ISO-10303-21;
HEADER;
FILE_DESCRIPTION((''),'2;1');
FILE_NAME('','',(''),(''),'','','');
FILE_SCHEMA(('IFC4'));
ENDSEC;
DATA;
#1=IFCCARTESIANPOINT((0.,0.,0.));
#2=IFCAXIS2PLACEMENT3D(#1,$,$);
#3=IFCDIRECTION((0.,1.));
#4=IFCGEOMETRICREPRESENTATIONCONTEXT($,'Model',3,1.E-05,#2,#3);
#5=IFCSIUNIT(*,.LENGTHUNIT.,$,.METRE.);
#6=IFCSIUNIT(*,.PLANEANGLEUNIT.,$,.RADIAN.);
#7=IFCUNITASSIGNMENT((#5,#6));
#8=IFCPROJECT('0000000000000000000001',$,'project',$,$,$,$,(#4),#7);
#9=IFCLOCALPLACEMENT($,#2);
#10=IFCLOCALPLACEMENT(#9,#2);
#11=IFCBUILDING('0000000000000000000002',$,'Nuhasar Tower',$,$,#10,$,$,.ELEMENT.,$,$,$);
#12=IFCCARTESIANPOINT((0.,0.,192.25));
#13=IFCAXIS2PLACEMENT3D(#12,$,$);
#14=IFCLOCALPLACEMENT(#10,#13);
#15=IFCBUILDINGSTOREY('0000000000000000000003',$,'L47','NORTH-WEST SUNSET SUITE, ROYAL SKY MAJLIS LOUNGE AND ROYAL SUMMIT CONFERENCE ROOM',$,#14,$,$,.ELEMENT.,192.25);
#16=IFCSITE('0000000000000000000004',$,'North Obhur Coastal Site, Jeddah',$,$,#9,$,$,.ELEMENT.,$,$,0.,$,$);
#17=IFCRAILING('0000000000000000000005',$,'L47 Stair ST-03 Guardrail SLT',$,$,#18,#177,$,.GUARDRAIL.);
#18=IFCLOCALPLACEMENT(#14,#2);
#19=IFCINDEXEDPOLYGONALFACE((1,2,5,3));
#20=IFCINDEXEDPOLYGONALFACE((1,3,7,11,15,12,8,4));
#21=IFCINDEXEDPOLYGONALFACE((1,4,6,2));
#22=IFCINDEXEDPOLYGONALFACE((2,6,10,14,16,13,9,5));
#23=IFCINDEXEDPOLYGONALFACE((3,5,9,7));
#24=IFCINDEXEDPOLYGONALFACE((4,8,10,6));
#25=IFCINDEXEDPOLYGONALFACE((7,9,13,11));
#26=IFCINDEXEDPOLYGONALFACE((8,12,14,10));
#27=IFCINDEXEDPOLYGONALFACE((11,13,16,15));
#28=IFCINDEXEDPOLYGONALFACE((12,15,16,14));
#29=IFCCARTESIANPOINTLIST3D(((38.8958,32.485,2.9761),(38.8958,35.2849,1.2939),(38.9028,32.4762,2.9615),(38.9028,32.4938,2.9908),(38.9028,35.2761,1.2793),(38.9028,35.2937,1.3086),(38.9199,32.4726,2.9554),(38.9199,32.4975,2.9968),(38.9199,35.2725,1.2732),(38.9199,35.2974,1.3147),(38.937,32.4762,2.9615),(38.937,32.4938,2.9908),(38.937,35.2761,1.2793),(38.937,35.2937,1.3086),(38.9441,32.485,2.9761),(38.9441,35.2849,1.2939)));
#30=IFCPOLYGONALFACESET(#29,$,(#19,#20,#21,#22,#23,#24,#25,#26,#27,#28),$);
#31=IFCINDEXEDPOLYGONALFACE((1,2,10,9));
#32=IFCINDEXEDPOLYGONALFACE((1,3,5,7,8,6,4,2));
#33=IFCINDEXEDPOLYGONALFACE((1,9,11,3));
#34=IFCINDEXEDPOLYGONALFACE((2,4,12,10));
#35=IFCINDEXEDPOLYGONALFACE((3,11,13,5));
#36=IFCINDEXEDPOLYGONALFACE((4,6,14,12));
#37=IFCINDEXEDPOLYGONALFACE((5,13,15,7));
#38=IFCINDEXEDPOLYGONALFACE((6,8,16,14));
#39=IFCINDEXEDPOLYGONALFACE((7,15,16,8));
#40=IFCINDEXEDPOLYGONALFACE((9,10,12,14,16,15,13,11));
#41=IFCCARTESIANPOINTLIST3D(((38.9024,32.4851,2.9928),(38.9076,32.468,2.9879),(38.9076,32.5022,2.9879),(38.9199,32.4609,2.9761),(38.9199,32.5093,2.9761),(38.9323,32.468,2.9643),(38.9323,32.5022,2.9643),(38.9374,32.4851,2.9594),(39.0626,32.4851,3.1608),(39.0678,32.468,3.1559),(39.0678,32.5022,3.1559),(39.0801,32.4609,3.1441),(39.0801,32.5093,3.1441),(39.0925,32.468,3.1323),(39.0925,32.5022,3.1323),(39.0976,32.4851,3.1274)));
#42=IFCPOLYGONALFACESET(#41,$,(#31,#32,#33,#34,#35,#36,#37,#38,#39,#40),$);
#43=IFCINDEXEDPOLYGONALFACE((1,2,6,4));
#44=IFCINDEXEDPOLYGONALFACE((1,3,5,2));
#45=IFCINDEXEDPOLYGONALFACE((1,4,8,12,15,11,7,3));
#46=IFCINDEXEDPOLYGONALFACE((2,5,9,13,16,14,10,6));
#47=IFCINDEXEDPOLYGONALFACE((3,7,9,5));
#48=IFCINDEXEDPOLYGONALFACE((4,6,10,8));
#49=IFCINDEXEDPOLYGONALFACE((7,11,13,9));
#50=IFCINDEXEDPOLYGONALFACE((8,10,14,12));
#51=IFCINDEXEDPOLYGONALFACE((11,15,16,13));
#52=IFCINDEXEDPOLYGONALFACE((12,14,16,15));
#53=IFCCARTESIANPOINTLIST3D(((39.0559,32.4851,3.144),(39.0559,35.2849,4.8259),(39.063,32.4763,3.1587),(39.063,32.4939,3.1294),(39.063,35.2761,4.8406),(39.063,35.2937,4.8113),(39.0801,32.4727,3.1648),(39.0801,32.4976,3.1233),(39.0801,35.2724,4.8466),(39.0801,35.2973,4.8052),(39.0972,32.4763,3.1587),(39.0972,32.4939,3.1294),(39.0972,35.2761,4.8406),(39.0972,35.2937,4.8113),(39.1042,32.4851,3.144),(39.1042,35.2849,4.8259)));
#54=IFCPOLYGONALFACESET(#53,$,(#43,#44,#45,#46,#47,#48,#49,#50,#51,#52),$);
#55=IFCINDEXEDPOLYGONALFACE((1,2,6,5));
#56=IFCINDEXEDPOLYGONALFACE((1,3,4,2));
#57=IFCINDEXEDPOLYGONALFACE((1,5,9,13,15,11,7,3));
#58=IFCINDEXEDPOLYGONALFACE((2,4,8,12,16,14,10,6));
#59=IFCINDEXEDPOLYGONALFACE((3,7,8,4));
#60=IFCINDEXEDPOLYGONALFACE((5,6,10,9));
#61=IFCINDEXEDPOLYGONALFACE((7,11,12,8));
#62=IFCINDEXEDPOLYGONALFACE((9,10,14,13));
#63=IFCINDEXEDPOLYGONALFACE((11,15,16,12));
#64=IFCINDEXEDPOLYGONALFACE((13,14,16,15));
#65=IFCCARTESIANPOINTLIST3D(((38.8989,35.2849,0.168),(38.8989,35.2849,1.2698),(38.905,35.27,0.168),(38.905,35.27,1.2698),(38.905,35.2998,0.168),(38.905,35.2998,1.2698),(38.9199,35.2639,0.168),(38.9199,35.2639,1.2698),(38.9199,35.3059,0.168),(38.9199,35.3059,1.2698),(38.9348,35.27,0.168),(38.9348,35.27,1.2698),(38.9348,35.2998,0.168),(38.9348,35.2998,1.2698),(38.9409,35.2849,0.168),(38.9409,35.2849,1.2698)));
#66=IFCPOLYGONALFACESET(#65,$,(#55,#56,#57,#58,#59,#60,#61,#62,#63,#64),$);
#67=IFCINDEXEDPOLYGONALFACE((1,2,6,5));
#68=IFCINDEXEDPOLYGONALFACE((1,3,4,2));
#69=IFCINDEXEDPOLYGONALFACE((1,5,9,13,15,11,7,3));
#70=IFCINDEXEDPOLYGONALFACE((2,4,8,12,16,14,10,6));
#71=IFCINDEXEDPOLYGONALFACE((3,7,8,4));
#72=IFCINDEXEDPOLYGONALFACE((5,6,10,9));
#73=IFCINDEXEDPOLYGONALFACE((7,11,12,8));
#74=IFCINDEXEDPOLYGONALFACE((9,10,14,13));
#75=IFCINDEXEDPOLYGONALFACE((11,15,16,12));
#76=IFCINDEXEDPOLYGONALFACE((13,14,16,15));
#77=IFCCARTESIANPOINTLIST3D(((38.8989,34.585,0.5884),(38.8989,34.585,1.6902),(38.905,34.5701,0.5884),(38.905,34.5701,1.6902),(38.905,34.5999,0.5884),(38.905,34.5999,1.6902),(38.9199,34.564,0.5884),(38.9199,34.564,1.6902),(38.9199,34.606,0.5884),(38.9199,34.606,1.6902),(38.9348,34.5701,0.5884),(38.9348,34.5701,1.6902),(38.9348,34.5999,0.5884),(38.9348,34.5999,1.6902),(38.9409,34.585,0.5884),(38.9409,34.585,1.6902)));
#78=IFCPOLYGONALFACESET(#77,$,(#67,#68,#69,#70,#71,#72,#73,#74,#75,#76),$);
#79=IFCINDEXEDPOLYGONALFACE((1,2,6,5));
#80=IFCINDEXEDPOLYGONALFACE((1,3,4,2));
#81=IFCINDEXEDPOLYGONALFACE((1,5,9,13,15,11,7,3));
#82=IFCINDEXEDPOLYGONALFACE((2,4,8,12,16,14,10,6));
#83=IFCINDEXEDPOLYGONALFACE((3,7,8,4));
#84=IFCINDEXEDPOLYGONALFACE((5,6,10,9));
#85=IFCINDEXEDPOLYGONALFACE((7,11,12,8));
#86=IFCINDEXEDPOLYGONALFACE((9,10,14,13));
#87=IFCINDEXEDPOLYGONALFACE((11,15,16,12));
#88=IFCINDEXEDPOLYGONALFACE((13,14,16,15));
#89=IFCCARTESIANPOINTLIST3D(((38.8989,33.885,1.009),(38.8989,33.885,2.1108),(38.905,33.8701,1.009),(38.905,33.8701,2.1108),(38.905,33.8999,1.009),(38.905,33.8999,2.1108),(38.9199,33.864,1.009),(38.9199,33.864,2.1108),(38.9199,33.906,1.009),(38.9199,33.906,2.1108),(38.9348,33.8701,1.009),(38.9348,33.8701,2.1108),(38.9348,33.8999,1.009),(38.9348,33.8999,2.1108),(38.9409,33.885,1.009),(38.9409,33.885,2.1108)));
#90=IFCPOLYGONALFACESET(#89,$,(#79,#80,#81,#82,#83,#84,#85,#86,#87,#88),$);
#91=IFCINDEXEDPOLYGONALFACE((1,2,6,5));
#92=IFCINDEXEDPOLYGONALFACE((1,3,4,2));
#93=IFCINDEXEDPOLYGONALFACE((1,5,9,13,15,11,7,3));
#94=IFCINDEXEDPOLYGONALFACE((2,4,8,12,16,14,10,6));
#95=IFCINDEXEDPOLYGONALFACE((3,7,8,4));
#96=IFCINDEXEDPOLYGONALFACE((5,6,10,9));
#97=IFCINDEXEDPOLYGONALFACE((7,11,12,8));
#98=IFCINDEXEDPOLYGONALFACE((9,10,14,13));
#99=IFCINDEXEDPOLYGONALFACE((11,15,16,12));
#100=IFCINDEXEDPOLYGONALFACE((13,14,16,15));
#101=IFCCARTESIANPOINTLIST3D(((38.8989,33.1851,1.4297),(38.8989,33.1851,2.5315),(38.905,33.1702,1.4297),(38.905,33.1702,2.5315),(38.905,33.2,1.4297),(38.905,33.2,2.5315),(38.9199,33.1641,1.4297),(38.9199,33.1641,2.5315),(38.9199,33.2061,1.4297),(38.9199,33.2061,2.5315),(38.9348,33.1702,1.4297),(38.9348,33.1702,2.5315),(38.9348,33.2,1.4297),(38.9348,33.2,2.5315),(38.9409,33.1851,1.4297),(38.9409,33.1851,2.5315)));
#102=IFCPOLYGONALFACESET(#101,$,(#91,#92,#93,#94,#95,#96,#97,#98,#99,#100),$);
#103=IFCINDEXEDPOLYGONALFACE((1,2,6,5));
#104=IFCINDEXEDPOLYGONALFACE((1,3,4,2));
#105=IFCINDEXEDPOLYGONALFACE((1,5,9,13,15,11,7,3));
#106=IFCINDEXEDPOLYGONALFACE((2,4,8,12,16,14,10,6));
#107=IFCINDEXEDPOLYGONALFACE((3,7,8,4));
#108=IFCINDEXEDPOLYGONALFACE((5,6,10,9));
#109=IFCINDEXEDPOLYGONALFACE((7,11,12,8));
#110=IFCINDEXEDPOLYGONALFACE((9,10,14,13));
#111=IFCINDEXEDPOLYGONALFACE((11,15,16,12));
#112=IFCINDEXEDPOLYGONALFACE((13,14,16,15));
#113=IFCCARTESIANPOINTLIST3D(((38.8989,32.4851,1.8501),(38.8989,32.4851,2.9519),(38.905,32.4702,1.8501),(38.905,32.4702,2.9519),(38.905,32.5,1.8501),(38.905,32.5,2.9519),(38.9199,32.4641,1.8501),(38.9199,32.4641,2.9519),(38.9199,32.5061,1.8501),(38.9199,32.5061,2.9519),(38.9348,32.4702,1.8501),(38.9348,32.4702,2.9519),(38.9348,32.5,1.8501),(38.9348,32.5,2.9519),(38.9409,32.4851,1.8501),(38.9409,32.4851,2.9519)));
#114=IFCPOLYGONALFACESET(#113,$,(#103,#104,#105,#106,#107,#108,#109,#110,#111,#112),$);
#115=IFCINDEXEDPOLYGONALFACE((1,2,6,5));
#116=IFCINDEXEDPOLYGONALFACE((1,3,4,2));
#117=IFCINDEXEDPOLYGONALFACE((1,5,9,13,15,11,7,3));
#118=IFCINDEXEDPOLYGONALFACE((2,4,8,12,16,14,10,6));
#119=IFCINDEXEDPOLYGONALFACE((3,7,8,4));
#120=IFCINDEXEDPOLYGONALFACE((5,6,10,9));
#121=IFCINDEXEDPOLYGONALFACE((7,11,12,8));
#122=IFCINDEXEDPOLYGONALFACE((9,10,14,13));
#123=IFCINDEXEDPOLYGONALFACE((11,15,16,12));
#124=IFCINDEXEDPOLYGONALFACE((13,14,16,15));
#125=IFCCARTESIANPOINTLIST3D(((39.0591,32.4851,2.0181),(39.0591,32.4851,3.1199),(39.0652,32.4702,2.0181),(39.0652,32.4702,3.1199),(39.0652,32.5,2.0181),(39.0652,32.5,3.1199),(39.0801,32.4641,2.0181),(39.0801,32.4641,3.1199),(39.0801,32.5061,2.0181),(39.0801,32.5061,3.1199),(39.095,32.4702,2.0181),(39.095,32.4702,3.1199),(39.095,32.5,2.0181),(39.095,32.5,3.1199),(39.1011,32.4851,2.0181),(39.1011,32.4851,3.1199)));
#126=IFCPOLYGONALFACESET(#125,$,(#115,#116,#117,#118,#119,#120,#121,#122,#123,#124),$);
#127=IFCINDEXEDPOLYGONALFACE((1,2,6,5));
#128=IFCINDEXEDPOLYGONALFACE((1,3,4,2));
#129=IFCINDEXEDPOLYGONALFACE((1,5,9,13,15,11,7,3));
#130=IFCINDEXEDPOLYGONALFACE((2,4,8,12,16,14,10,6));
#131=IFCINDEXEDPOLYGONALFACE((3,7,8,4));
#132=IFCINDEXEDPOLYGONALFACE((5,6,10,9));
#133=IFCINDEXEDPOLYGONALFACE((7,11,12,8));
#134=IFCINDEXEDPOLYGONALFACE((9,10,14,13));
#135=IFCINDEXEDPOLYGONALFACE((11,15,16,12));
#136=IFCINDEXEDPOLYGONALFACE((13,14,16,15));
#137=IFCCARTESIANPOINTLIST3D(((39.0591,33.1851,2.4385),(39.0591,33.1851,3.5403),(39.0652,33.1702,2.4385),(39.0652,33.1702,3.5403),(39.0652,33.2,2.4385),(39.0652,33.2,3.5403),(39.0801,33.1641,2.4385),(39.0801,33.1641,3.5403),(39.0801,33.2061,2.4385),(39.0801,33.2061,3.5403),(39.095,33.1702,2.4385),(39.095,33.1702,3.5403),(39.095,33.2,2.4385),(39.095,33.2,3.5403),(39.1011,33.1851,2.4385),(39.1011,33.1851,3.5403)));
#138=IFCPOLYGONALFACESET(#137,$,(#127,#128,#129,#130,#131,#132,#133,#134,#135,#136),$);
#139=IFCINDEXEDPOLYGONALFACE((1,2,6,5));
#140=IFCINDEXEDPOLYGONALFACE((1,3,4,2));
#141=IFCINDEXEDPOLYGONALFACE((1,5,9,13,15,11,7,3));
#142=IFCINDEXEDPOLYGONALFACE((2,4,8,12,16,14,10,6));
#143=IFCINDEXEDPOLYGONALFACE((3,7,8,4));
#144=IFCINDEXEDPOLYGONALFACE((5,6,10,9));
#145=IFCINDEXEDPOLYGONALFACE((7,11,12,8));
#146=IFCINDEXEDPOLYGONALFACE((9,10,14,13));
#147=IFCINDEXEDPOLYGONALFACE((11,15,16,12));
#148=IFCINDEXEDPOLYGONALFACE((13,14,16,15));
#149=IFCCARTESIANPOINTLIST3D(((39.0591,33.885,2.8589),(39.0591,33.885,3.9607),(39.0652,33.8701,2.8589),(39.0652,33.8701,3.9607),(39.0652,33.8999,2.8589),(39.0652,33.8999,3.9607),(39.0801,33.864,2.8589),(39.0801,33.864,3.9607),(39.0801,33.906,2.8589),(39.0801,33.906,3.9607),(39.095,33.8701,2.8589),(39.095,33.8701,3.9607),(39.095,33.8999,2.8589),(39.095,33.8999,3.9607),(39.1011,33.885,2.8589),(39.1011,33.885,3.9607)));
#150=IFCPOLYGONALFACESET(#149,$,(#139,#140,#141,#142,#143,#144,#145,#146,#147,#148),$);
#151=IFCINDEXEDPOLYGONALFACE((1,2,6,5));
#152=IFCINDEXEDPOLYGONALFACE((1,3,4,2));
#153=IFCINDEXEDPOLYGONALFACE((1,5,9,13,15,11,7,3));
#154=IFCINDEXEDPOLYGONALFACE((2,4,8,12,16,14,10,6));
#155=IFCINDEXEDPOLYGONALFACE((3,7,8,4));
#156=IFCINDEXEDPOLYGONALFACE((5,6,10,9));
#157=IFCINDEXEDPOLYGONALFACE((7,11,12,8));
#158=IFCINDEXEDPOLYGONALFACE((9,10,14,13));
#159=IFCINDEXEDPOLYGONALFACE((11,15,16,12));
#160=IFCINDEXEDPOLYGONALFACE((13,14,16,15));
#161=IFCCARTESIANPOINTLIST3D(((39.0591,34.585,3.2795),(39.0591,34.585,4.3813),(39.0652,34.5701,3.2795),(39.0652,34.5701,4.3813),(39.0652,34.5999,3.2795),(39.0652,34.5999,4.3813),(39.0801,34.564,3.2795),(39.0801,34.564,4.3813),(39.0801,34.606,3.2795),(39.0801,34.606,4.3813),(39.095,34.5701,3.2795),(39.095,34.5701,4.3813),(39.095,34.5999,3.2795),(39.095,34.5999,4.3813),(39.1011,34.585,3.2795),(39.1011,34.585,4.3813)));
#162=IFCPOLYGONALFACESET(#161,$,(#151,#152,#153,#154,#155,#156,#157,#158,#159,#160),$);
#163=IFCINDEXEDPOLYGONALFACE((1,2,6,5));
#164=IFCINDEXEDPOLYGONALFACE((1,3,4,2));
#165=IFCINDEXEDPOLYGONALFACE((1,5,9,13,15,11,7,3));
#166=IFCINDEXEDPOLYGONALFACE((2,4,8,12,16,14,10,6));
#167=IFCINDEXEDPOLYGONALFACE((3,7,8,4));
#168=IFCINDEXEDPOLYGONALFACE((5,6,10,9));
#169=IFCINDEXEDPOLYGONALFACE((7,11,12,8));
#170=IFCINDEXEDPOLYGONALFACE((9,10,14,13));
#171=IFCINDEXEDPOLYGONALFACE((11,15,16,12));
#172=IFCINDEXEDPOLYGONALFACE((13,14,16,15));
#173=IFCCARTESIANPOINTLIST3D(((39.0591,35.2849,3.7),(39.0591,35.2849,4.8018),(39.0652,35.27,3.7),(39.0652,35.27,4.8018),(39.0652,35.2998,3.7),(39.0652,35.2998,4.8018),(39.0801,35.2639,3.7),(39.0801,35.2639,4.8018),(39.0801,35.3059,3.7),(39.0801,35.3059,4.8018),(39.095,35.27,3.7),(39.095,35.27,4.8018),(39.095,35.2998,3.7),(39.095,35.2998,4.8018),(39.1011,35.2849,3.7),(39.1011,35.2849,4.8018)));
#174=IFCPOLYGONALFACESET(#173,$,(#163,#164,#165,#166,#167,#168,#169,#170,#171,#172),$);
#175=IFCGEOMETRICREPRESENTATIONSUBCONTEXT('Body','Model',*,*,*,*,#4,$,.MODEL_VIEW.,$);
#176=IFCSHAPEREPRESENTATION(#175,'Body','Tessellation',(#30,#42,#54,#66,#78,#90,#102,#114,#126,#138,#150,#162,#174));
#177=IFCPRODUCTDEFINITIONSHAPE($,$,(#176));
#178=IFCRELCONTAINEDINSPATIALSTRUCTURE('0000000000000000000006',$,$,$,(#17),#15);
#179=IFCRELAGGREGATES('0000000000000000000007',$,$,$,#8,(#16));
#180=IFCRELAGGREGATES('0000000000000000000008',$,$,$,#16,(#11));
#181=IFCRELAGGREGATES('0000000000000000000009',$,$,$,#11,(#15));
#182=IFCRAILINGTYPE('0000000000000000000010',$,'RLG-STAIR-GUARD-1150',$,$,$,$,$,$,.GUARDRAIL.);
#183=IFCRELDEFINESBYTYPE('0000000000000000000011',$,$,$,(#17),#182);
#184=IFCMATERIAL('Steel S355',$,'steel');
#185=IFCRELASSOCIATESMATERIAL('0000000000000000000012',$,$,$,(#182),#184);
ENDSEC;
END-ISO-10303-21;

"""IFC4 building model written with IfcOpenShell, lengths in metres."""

from ifc_helpers import new_model, si_unit, direction, frame, origin, place, context, subcontext, project, spatial, polyline, outline, extrude, material, type_object, element, save


model = new_model("IFC4")

# Units and contexts
model_context = context("Model", 3, precision=1e-05, world=origin(), true_north=direction((0.0, 1.0)))
body_context = subcontext(model_context, "Body", "Model", "MODEL_VIEW")
ifc_project = project(units=[si_unit("LENGTHUNIT", "METRE"), si_unit("PLANEANGLEUNIT", "RADIAN")], contexts=[model_context])

# Site, building, storey
site_placement = place(None, origin())
site = spatial("IfcSite", under=ifc_project, at=site_placement, Name="North Obhur Coastal Site, Jeddah", CompositionType="ELEMENT", RefElevation=0.0)
building_placement = place(site_placement, origin())
building = spatial("IfcBuilding", under=site, at=building_placement, Name="Nuhasar Tower", CompositionType="ELEMENT")
storey_placement = place(building_placement, frame((0.0, 0.0, 192.25)))
storey = spatial("IfcBuildingStorey", under=building, at=storey_placement, Name="L47", Description="NORTH-WEST SUNSET SUITE, ROYAL SKY MAJLIS LOUNGE AND ROYAL SUMMIT CONFERENCE ROOM", CompositionType="ELEMENT", Elevation=192.25)

# Shared definitions
ifc_material_1 = material(Name="Steel S355", Category="steel")

# Railing
railing_type_1 = type_object("IfcRailingType", Name="RLG-STAIR-GUARD-1150", PredefinedType="GUARDRAIL", material=ifc_material_1)
railing_1_placement = place(storey_placement, frame((38.9199, 35.2849, 0.168)))
element("IfcRailing", 1, at=railing_1_placement, inside=storey, type_object=railing_type_1, Name="L47 Stair ST-03 Guardrail SLT", PredefinedType="GUARDRAIL", context=body_context, shape_type="SweptSolid", body=[
    extrude(outline(polyline([(0.0242, 0.0), (0.0171, 0.0171), (0.0, 0.0242), (-0.0171, 0.0171), (-0.0242, 0.0), (-0.0171, -0.0171), (0.0, -0.0242), (0.0171, -0.0171), (0.0242, 0.0)])), frame((0.0, 0.0, 1.126), z_axis=(0.0, -0.857189, 0.515001), x_axis=(1.0, 0.0, 0.0)), (0.0, 0.0, 1.0), 3.2664),
    extrude(outline(polyline([(0.0242, 0.0), (0.0171, 0.0171), (0.0, 0.0242), (-0.0171, 0.0171), (-0.0242, 0.0), (-0.0171, -0.0171), (0.0, -0.0242), (0.0171, -0.0171), (0.0242, 0.0)])), frame((0.0, -2.7998, 2.8081), z_axis=(0.690075, 0.0, 0.723738), x_axis=(0.0, 1.0, 0.0)), (0.0, 0.0, 1.0), 0.2322),
    extrude(outline(polyline([(0.0242, 0.0), (0.0171, 0.0171), (0.0, 0.0242), (-0.0171, 0.0171), (-0.0242, 0.0), (-0.0171, -0.0171), (0.0, -0.0242), (0.0171, -0.0171), (0.0242, 0.0)])), frame((0.1602, -2.7998, 2.9761), z_axis=(0.0, 0.857222, 0.514946), x_axis=(-1.0, 0.0, 0.0)), (0.0, 0.0, 1.0), 3.2661),
    extrude(outline(polyline([(0.021, 0.0), (0.0149, 0.0149), (0.0, 0.021), (-0.0149, 0.0149), (-0.021, 0.0), (-0.0149, -0.0149), (0.0, -0.021), (0.0149, -0.0149), (0.021, 0.0)])), origin(), (0.0, 0.0, 1.0), 1.1018),
    extrude(outline(polyline([(0.021, 0.0), (0.0149, 0.0149), (0.0, 0.021), (-0.0149, 0.0149), (-0.021, 0.0), (-0.0149, -0.0149), (0.0, -0.021), (0.0149, -0.0149), (0.021, 0.0)])), frame((0.0, -0.7, 0.4204)), (0.0, 0.0, 1.0), 1.1018),
    extrude(outline(polyline([(0.021, 0.0), (0.0149, 0.0149), (0.0, 0.021), (-0.0149, 0.0149), (-0.021, 0.0), (-0.0149, -0.0149), (0.0, -0.021), (0.0149, -0.0149), (0.021, 0.0)])), frame((0.0, -1.3999, 0.8411)), (0.0, 0.0, 1.0), 1.1018),
    extrude(outline(polyline([(0.021, 0.0), (0.0149, 0.0149), (0.0, 0.021), (-0.0149, 0.0149), (-0.021, 0.0), (-0.0149, -0.0149), (0.0, -0.021), (0.0149, -0.0149), (0.021, 0.0)])), frame((0.0, -2.0999, 1.2617)), (0.0, 0.0, 1.0), 1.1018),
    extrude(outline(polyline([(0.021, 0.0), (0.0149, 0.0149), (0.0, 0.021), (-0.0149, 0.0149), (-0.021, 0.0), (-0.0149, -0.0149), (0.0, -0.021), (0.0149, -0.0149), (0.021, 0.0)])), frame((0.0, -2.7998, 1.6821)), (0.0, 0.0, 1.0), 1.1018),
    extrude(outline(polyline([(0.021, 0.0), (0.0149, 0.0149), (0.0, 0.021), (-0.0149, 0.0149), (-0.021, 0.0), (-0.0149, -0.0149), (0.0, -0.021), (0.0149, -0.0149), (0.021, 0.0)])), frame((0.1602, -2.7998, 1.8501)), (0.0, 0.0, 1.0), 1.1018),
    extrude(outline(polyline([(0.021, 0.0), (0.0149, 0.0149), (0.0, 0.021), (-0.0149, 0.0149), (-0.021, 0.0), (-0.0149, -0.0149), (0.0, -0.021), (0.0149, -0.0149), (0.021, 0.0)])), frame((0.1602, -2.0999, 2.2705)), (0.0, 0.0, 1.0), 1.1018),
    extrude(outline(polyline([(0.021, 0.0), (0.0149, 0.0149), (0.0, 0.021), (-0.0149, 0.0149), (-0.021, 0.0), (-0.0149, -0.0149), (0.0, -0.021), (0.0149, -0.0149), (0.021, 0.0)])), frame((0.1602, -1.3999, 2.6909)), (0.0, 0.0, 1.0), 1.1018),
    extrude(outline(polyline([(0.021, 0.0), (0.0149, 0.0149), (0.0, 0.021), (-0.0149, 0.0149), (-0.021, 0.0), (-0.0149, -0.0149), (0.0, -0.021), (0.0149, -0.0149), (0.021, 0.0)])), frame((0.1602, -0.7, 3.1116)), (0.0, 0.0, 1.0), 1.1018),
    extrude(outline(polyline([(0.021, 0.0), (0.0149, 0.0149), (0.0, 0.021), (-0.0149, 0.0149), (-0.021, 0.0), (-0.0149, -0.0149), (0.0, -0.021), (0.0149, -0.0149), (0.021, 0.0)])), frame((0.1602, 0.0, 3.532)), (0.0, 0.0, 1.0), 1.1018),
])

save(model, "model.ifc")
